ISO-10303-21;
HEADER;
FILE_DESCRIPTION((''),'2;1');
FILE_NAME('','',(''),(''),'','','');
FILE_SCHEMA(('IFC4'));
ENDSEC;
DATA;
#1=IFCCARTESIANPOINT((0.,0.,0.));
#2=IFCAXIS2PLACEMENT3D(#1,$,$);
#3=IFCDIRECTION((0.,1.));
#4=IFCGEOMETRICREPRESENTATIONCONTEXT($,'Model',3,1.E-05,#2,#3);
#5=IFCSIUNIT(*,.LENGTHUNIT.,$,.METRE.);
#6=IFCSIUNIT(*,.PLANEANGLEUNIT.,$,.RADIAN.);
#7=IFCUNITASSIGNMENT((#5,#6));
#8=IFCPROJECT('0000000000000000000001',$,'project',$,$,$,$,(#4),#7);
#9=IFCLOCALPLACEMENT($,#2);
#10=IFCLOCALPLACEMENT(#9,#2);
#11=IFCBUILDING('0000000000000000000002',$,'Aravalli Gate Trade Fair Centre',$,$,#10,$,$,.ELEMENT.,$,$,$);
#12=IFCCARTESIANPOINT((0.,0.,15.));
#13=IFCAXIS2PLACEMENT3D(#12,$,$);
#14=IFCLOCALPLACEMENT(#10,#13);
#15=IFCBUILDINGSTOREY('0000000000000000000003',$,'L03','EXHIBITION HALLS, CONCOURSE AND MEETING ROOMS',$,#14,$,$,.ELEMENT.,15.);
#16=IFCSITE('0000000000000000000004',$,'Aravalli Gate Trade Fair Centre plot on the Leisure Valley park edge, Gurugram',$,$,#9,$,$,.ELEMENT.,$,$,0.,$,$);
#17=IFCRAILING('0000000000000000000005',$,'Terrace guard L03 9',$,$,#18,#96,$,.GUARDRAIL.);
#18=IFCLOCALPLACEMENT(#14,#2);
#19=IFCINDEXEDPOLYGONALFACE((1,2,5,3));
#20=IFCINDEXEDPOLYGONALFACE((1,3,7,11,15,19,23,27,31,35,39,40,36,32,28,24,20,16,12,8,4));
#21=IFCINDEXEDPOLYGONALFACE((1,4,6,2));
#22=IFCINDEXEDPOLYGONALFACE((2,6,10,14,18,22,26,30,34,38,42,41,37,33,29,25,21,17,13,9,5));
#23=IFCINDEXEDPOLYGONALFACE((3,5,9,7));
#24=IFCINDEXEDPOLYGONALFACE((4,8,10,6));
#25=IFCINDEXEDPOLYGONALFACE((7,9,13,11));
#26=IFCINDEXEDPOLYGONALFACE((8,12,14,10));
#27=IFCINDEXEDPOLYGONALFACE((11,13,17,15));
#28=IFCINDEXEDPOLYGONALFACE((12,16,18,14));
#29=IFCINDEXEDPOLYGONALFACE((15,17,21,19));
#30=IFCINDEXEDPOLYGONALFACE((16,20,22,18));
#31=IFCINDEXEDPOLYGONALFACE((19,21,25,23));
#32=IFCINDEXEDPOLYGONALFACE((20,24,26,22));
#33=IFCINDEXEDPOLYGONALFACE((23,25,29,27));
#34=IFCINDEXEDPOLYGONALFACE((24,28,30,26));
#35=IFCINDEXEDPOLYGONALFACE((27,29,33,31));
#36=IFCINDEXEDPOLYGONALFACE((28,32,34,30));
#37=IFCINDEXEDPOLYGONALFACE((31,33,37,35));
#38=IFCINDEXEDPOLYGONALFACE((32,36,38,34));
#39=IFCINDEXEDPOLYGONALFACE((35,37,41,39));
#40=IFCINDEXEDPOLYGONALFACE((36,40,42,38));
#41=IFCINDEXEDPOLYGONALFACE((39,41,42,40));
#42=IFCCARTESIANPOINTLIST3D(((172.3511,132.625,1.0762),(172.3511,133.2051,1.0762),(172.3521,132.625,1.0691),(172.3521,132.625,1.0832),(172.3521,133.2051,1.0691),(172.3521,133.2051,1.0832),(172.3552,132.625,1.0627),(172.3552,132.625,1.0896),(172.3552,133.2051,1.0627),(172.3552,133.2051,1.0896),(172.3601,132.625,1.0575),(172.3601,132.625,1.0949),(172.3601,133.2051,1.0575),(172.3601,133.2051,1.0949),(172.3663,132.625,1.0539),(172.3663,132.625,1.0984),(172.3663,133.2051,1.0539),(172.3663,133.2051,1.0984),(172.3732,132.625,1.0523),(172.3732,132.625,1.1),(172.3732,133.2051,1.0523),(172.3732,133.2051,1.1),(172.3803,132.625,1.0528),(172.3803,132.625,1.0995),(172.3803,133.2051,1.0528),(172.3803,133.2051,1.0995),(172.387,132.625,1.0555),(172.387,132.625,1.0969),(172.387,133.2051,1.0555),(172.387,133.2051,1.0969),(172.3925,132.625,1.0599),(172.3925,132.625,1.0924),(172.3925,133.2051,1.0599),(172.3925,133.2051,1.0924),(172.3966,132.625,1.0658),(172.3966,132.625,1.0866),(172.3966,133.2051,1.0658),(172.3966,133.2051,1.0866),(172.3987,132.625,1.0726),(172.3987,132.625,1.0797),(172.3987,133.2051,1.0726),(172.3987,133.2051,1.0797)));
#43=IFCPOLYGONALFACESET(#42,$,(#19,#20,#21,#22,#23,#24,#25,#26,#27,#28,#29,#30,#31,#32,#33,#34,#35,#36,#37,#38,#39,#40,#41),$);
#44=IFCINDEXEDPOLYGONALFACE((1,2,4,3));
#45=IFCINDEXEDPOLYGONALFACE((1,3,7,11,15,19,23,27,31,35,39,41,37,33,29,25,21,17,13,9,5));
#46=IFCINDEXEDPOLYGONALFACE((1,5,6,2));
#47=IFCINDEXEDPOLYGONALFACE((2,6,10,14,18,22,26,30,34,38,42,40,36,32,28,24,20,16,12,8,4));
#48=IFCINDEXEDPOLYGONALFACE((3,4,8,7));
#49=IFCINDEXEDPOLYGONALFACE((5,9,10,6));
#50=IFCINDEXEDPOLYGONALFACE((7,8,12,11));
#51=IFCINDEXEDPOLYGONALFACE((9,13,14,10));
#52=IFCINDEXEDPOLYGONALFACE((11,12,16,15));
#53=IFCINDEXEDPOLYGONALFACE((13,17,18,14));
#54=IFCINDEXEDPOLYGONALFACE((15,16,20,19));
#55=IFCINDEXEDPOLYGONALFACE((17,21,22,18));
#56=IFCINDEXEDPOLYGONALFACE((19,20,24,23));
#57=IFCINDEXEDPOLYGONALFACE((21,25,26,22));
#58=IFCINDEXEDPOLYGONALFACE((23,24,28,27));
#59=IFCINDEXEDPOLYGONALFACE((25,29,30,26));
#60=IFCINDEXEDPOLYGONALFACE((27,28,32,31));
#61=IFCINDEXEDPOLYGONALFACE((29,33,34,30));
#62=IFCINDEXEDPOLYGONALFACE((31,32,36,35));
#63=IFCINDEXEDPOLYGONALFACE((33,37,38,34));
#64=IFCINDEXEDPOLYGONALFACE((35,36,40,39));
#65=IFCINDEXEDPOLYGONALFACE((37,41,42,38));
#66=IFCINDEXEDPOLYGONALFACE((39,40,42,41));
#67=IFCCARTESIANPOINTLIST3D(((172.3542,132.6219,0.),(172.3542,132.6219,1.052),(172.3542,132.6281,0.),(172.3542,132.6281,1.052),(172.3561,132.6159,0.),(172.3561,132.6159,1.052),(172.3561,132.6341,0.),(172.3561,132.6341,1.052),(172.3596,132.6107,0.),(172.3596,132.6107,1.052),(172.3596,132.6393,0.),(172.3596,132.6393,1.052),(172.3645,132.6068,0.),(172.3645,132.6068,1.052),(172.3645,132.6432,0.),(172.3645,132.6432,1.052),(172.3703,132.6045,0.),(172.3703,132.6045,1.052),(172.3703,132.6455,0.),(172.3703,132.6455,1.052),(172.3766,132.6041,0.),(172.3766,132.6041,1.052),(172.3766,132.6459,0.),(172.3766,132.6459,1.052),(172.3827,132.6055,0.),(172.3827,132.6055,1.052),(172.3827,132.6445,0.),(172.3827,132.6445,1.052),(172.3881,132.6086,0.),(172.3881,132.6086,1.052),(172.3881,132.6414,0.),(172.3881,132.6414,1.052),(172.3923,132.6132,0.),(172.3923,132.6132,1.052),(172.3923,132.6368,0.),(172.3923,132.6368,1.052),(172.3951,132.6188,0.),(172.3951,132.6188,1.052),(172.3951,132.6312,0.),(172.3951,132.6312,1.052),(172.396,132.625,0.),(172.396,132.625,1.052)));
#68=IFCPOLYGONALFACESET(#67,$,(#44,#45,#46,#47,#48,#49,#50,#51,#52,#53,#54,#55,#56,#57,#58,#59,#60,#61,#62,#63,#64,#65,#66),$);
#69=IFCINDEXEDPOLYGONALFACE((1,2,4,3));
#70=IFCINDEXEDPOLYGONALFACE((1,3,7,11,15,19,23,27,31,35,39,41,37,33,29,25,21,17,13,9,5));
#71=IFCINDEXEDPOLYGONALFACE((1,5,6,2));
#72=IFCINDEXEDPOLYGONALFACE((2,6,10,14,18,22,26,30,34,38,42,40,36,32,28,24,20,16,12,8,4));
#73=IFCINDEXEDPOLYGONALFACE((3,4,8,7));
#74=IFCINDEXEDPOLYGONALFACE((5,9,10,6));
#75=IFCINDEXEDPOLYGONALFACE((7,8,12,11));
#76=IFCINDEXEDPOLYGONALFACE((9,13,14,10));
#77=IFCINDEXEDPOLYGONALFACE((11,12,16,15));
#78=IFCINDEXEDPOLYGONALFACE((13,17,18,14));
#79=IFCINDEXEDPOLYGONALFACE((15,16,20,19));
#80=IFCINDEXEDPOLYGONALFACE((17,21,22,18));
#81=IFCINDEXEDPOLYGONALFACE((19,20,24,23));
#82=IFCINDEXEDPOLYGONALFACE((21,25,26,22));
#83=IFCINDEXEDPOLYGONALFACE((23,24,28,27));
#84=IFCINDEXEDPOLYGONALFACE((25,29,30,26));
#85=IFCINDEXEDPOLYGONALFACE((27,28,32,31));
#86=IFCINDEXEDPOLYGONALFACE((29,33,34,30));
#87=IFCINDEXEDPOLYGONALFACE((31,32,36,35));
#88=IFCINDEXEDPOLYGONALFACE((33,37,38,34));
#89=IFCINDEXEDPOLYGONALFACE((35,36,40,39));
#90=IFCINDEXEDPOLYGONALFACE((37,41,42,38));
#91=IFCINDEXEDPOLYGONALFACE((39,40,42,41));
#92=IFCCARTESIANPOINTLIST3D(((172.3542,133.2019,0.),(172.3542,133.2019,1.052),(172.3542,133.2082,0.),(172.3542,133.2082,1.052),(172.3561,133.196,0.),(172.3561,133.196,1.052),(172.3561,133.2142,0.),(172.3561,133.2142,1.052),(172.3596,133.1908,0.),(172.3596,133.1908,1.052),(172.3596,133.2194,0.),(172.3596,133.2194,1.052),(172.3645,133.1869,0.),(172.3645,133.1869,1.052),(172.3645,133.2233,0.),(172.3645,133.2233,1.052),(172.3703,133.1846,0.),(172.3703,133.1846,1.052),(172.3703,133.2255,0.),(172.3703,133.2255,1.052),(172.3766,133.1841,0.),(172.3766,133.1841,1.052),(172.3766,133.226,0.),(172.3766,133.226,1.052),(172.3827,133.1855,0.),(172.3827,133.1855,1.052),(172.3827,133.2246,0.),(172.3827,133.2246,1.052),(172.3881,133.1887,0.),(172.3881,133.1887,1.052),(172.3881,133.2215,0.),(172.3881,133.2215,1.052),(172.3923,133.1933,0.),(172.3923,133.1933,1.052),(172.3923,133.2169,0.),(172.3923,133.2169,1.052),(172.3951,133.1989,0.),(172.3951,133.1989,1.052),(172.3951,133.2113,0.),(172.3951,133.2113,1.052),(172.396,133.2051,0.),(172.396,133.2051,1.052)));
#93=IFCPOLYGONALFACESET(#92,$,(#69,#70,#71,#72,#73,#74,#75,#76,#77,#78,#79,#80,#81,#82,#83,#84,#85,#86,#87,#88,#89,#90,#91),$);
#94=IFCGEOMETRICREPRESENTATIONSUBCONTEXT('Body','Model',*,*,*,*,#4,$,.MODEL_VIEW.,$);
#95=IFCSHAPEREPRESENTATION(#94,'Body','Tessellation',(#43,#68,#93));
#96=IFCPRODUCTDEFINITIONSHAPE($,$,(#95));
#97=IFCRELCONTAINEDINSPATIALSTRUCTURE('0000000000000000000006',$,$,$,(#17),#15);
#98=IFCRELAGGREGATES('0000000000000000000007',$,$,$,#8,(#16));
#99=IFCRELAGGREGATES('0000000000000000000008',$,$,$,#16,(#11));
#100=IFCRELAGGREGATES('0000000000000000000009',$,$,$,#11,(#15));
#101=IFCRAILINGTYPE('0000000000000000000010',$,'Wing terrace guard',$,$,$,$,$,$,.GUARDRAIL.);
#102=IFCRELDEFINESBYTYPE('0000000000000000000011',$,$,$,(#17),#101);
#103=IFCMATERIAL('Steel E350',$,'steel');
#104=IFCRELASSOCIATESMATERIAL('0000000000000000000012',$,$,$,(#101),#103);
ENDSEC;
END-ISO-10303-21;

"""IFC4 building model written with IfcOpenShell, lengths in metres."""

from ifc_helpers import new_model, si_unit, direction, frame, origin, origin_2d, place, context, subcontext, project, spatial, circle, extrude, material, type_object, element, save


model = new_model("IFC4")

# Units and contexts
model_context = context("Model", 3, precision=1e-05, world=origin(), true_north=direction((0.0, 1.0)))
body_context = subcontext(model_context, "Body", "Model", "MODEL_VIEW")
ifc_project = project(units=[si_unit("LENGTHUNIT", "METRE"), si_unit("PLANEANGLEUNIT", "RADIAN")], contexts=[model_context])

# Site, building, storey
site_placement = place(None, origin())
site = spatial("IfcSite", under=ifc_project, at=site_placement, Name="Aravalli Gate Trade Fair Centre plot on the Leisure Valley park edge, Gurugram", CompositionType="ELEMENT", RefElevation=0.0)
building_placement = place(site_placement, origin())
building = spatial("IfcBuilding", under=site, at=building_placement, Name="Aravalli Gate Trade Fair Centre", CompositionType="ELEMENT")
storey_placement = place(building_placement, frame((0.0, 0.0, 15.0)))
storey = spatial("IfcBuildingStorey", under=building, at=storey_placement, Name="L03", Description="EXHIBITION HALLS, CONCOURSE AND MEETING ROOMS", CompositionType="ELEMENT", Elevation=15.0)

# Shared definitions
ifc_material_1 = material(Name="Steel E350", Category="steel")

# Railing
railing_type = type_object("IfcRailingType", Name="Wing terrace guard", PredefinedType="GUARDRAIL", material=ifc_material_1)
railing_1_placement = place(storey_placement, frame((172.375, 132.625, 0.0)))
element("IfcRailing", 1, at=railing_1_placement, inside=storey, type_object=railing_type, Name="Terrace guard L03 9", PredefinedType="GUARDRAIL", context=body_context, shape_type="SweptSolid", body=[
    extrude(circle(Radius=0.0239, at=origin_2d()), frame((0.0, 0.0, 1.0762), z_axis=(0.0, 1.0, 0.0), x_axis=(-1.0, 0.0, 0.0)), (0.0, 0.0, 1.0), 0.5801),
    extrude(circle(Radius=0.021, at=origin_2d()), origin(), (0.0, 0.0, 1.0), 1.052),
    extrude(circle(Radius=0.021, at=origin_2d()), frame((0.0, 0.5801, 0.0)), (0.0, 0.0, 1.0), 1.052),
])

save(model, "model.ifc")
